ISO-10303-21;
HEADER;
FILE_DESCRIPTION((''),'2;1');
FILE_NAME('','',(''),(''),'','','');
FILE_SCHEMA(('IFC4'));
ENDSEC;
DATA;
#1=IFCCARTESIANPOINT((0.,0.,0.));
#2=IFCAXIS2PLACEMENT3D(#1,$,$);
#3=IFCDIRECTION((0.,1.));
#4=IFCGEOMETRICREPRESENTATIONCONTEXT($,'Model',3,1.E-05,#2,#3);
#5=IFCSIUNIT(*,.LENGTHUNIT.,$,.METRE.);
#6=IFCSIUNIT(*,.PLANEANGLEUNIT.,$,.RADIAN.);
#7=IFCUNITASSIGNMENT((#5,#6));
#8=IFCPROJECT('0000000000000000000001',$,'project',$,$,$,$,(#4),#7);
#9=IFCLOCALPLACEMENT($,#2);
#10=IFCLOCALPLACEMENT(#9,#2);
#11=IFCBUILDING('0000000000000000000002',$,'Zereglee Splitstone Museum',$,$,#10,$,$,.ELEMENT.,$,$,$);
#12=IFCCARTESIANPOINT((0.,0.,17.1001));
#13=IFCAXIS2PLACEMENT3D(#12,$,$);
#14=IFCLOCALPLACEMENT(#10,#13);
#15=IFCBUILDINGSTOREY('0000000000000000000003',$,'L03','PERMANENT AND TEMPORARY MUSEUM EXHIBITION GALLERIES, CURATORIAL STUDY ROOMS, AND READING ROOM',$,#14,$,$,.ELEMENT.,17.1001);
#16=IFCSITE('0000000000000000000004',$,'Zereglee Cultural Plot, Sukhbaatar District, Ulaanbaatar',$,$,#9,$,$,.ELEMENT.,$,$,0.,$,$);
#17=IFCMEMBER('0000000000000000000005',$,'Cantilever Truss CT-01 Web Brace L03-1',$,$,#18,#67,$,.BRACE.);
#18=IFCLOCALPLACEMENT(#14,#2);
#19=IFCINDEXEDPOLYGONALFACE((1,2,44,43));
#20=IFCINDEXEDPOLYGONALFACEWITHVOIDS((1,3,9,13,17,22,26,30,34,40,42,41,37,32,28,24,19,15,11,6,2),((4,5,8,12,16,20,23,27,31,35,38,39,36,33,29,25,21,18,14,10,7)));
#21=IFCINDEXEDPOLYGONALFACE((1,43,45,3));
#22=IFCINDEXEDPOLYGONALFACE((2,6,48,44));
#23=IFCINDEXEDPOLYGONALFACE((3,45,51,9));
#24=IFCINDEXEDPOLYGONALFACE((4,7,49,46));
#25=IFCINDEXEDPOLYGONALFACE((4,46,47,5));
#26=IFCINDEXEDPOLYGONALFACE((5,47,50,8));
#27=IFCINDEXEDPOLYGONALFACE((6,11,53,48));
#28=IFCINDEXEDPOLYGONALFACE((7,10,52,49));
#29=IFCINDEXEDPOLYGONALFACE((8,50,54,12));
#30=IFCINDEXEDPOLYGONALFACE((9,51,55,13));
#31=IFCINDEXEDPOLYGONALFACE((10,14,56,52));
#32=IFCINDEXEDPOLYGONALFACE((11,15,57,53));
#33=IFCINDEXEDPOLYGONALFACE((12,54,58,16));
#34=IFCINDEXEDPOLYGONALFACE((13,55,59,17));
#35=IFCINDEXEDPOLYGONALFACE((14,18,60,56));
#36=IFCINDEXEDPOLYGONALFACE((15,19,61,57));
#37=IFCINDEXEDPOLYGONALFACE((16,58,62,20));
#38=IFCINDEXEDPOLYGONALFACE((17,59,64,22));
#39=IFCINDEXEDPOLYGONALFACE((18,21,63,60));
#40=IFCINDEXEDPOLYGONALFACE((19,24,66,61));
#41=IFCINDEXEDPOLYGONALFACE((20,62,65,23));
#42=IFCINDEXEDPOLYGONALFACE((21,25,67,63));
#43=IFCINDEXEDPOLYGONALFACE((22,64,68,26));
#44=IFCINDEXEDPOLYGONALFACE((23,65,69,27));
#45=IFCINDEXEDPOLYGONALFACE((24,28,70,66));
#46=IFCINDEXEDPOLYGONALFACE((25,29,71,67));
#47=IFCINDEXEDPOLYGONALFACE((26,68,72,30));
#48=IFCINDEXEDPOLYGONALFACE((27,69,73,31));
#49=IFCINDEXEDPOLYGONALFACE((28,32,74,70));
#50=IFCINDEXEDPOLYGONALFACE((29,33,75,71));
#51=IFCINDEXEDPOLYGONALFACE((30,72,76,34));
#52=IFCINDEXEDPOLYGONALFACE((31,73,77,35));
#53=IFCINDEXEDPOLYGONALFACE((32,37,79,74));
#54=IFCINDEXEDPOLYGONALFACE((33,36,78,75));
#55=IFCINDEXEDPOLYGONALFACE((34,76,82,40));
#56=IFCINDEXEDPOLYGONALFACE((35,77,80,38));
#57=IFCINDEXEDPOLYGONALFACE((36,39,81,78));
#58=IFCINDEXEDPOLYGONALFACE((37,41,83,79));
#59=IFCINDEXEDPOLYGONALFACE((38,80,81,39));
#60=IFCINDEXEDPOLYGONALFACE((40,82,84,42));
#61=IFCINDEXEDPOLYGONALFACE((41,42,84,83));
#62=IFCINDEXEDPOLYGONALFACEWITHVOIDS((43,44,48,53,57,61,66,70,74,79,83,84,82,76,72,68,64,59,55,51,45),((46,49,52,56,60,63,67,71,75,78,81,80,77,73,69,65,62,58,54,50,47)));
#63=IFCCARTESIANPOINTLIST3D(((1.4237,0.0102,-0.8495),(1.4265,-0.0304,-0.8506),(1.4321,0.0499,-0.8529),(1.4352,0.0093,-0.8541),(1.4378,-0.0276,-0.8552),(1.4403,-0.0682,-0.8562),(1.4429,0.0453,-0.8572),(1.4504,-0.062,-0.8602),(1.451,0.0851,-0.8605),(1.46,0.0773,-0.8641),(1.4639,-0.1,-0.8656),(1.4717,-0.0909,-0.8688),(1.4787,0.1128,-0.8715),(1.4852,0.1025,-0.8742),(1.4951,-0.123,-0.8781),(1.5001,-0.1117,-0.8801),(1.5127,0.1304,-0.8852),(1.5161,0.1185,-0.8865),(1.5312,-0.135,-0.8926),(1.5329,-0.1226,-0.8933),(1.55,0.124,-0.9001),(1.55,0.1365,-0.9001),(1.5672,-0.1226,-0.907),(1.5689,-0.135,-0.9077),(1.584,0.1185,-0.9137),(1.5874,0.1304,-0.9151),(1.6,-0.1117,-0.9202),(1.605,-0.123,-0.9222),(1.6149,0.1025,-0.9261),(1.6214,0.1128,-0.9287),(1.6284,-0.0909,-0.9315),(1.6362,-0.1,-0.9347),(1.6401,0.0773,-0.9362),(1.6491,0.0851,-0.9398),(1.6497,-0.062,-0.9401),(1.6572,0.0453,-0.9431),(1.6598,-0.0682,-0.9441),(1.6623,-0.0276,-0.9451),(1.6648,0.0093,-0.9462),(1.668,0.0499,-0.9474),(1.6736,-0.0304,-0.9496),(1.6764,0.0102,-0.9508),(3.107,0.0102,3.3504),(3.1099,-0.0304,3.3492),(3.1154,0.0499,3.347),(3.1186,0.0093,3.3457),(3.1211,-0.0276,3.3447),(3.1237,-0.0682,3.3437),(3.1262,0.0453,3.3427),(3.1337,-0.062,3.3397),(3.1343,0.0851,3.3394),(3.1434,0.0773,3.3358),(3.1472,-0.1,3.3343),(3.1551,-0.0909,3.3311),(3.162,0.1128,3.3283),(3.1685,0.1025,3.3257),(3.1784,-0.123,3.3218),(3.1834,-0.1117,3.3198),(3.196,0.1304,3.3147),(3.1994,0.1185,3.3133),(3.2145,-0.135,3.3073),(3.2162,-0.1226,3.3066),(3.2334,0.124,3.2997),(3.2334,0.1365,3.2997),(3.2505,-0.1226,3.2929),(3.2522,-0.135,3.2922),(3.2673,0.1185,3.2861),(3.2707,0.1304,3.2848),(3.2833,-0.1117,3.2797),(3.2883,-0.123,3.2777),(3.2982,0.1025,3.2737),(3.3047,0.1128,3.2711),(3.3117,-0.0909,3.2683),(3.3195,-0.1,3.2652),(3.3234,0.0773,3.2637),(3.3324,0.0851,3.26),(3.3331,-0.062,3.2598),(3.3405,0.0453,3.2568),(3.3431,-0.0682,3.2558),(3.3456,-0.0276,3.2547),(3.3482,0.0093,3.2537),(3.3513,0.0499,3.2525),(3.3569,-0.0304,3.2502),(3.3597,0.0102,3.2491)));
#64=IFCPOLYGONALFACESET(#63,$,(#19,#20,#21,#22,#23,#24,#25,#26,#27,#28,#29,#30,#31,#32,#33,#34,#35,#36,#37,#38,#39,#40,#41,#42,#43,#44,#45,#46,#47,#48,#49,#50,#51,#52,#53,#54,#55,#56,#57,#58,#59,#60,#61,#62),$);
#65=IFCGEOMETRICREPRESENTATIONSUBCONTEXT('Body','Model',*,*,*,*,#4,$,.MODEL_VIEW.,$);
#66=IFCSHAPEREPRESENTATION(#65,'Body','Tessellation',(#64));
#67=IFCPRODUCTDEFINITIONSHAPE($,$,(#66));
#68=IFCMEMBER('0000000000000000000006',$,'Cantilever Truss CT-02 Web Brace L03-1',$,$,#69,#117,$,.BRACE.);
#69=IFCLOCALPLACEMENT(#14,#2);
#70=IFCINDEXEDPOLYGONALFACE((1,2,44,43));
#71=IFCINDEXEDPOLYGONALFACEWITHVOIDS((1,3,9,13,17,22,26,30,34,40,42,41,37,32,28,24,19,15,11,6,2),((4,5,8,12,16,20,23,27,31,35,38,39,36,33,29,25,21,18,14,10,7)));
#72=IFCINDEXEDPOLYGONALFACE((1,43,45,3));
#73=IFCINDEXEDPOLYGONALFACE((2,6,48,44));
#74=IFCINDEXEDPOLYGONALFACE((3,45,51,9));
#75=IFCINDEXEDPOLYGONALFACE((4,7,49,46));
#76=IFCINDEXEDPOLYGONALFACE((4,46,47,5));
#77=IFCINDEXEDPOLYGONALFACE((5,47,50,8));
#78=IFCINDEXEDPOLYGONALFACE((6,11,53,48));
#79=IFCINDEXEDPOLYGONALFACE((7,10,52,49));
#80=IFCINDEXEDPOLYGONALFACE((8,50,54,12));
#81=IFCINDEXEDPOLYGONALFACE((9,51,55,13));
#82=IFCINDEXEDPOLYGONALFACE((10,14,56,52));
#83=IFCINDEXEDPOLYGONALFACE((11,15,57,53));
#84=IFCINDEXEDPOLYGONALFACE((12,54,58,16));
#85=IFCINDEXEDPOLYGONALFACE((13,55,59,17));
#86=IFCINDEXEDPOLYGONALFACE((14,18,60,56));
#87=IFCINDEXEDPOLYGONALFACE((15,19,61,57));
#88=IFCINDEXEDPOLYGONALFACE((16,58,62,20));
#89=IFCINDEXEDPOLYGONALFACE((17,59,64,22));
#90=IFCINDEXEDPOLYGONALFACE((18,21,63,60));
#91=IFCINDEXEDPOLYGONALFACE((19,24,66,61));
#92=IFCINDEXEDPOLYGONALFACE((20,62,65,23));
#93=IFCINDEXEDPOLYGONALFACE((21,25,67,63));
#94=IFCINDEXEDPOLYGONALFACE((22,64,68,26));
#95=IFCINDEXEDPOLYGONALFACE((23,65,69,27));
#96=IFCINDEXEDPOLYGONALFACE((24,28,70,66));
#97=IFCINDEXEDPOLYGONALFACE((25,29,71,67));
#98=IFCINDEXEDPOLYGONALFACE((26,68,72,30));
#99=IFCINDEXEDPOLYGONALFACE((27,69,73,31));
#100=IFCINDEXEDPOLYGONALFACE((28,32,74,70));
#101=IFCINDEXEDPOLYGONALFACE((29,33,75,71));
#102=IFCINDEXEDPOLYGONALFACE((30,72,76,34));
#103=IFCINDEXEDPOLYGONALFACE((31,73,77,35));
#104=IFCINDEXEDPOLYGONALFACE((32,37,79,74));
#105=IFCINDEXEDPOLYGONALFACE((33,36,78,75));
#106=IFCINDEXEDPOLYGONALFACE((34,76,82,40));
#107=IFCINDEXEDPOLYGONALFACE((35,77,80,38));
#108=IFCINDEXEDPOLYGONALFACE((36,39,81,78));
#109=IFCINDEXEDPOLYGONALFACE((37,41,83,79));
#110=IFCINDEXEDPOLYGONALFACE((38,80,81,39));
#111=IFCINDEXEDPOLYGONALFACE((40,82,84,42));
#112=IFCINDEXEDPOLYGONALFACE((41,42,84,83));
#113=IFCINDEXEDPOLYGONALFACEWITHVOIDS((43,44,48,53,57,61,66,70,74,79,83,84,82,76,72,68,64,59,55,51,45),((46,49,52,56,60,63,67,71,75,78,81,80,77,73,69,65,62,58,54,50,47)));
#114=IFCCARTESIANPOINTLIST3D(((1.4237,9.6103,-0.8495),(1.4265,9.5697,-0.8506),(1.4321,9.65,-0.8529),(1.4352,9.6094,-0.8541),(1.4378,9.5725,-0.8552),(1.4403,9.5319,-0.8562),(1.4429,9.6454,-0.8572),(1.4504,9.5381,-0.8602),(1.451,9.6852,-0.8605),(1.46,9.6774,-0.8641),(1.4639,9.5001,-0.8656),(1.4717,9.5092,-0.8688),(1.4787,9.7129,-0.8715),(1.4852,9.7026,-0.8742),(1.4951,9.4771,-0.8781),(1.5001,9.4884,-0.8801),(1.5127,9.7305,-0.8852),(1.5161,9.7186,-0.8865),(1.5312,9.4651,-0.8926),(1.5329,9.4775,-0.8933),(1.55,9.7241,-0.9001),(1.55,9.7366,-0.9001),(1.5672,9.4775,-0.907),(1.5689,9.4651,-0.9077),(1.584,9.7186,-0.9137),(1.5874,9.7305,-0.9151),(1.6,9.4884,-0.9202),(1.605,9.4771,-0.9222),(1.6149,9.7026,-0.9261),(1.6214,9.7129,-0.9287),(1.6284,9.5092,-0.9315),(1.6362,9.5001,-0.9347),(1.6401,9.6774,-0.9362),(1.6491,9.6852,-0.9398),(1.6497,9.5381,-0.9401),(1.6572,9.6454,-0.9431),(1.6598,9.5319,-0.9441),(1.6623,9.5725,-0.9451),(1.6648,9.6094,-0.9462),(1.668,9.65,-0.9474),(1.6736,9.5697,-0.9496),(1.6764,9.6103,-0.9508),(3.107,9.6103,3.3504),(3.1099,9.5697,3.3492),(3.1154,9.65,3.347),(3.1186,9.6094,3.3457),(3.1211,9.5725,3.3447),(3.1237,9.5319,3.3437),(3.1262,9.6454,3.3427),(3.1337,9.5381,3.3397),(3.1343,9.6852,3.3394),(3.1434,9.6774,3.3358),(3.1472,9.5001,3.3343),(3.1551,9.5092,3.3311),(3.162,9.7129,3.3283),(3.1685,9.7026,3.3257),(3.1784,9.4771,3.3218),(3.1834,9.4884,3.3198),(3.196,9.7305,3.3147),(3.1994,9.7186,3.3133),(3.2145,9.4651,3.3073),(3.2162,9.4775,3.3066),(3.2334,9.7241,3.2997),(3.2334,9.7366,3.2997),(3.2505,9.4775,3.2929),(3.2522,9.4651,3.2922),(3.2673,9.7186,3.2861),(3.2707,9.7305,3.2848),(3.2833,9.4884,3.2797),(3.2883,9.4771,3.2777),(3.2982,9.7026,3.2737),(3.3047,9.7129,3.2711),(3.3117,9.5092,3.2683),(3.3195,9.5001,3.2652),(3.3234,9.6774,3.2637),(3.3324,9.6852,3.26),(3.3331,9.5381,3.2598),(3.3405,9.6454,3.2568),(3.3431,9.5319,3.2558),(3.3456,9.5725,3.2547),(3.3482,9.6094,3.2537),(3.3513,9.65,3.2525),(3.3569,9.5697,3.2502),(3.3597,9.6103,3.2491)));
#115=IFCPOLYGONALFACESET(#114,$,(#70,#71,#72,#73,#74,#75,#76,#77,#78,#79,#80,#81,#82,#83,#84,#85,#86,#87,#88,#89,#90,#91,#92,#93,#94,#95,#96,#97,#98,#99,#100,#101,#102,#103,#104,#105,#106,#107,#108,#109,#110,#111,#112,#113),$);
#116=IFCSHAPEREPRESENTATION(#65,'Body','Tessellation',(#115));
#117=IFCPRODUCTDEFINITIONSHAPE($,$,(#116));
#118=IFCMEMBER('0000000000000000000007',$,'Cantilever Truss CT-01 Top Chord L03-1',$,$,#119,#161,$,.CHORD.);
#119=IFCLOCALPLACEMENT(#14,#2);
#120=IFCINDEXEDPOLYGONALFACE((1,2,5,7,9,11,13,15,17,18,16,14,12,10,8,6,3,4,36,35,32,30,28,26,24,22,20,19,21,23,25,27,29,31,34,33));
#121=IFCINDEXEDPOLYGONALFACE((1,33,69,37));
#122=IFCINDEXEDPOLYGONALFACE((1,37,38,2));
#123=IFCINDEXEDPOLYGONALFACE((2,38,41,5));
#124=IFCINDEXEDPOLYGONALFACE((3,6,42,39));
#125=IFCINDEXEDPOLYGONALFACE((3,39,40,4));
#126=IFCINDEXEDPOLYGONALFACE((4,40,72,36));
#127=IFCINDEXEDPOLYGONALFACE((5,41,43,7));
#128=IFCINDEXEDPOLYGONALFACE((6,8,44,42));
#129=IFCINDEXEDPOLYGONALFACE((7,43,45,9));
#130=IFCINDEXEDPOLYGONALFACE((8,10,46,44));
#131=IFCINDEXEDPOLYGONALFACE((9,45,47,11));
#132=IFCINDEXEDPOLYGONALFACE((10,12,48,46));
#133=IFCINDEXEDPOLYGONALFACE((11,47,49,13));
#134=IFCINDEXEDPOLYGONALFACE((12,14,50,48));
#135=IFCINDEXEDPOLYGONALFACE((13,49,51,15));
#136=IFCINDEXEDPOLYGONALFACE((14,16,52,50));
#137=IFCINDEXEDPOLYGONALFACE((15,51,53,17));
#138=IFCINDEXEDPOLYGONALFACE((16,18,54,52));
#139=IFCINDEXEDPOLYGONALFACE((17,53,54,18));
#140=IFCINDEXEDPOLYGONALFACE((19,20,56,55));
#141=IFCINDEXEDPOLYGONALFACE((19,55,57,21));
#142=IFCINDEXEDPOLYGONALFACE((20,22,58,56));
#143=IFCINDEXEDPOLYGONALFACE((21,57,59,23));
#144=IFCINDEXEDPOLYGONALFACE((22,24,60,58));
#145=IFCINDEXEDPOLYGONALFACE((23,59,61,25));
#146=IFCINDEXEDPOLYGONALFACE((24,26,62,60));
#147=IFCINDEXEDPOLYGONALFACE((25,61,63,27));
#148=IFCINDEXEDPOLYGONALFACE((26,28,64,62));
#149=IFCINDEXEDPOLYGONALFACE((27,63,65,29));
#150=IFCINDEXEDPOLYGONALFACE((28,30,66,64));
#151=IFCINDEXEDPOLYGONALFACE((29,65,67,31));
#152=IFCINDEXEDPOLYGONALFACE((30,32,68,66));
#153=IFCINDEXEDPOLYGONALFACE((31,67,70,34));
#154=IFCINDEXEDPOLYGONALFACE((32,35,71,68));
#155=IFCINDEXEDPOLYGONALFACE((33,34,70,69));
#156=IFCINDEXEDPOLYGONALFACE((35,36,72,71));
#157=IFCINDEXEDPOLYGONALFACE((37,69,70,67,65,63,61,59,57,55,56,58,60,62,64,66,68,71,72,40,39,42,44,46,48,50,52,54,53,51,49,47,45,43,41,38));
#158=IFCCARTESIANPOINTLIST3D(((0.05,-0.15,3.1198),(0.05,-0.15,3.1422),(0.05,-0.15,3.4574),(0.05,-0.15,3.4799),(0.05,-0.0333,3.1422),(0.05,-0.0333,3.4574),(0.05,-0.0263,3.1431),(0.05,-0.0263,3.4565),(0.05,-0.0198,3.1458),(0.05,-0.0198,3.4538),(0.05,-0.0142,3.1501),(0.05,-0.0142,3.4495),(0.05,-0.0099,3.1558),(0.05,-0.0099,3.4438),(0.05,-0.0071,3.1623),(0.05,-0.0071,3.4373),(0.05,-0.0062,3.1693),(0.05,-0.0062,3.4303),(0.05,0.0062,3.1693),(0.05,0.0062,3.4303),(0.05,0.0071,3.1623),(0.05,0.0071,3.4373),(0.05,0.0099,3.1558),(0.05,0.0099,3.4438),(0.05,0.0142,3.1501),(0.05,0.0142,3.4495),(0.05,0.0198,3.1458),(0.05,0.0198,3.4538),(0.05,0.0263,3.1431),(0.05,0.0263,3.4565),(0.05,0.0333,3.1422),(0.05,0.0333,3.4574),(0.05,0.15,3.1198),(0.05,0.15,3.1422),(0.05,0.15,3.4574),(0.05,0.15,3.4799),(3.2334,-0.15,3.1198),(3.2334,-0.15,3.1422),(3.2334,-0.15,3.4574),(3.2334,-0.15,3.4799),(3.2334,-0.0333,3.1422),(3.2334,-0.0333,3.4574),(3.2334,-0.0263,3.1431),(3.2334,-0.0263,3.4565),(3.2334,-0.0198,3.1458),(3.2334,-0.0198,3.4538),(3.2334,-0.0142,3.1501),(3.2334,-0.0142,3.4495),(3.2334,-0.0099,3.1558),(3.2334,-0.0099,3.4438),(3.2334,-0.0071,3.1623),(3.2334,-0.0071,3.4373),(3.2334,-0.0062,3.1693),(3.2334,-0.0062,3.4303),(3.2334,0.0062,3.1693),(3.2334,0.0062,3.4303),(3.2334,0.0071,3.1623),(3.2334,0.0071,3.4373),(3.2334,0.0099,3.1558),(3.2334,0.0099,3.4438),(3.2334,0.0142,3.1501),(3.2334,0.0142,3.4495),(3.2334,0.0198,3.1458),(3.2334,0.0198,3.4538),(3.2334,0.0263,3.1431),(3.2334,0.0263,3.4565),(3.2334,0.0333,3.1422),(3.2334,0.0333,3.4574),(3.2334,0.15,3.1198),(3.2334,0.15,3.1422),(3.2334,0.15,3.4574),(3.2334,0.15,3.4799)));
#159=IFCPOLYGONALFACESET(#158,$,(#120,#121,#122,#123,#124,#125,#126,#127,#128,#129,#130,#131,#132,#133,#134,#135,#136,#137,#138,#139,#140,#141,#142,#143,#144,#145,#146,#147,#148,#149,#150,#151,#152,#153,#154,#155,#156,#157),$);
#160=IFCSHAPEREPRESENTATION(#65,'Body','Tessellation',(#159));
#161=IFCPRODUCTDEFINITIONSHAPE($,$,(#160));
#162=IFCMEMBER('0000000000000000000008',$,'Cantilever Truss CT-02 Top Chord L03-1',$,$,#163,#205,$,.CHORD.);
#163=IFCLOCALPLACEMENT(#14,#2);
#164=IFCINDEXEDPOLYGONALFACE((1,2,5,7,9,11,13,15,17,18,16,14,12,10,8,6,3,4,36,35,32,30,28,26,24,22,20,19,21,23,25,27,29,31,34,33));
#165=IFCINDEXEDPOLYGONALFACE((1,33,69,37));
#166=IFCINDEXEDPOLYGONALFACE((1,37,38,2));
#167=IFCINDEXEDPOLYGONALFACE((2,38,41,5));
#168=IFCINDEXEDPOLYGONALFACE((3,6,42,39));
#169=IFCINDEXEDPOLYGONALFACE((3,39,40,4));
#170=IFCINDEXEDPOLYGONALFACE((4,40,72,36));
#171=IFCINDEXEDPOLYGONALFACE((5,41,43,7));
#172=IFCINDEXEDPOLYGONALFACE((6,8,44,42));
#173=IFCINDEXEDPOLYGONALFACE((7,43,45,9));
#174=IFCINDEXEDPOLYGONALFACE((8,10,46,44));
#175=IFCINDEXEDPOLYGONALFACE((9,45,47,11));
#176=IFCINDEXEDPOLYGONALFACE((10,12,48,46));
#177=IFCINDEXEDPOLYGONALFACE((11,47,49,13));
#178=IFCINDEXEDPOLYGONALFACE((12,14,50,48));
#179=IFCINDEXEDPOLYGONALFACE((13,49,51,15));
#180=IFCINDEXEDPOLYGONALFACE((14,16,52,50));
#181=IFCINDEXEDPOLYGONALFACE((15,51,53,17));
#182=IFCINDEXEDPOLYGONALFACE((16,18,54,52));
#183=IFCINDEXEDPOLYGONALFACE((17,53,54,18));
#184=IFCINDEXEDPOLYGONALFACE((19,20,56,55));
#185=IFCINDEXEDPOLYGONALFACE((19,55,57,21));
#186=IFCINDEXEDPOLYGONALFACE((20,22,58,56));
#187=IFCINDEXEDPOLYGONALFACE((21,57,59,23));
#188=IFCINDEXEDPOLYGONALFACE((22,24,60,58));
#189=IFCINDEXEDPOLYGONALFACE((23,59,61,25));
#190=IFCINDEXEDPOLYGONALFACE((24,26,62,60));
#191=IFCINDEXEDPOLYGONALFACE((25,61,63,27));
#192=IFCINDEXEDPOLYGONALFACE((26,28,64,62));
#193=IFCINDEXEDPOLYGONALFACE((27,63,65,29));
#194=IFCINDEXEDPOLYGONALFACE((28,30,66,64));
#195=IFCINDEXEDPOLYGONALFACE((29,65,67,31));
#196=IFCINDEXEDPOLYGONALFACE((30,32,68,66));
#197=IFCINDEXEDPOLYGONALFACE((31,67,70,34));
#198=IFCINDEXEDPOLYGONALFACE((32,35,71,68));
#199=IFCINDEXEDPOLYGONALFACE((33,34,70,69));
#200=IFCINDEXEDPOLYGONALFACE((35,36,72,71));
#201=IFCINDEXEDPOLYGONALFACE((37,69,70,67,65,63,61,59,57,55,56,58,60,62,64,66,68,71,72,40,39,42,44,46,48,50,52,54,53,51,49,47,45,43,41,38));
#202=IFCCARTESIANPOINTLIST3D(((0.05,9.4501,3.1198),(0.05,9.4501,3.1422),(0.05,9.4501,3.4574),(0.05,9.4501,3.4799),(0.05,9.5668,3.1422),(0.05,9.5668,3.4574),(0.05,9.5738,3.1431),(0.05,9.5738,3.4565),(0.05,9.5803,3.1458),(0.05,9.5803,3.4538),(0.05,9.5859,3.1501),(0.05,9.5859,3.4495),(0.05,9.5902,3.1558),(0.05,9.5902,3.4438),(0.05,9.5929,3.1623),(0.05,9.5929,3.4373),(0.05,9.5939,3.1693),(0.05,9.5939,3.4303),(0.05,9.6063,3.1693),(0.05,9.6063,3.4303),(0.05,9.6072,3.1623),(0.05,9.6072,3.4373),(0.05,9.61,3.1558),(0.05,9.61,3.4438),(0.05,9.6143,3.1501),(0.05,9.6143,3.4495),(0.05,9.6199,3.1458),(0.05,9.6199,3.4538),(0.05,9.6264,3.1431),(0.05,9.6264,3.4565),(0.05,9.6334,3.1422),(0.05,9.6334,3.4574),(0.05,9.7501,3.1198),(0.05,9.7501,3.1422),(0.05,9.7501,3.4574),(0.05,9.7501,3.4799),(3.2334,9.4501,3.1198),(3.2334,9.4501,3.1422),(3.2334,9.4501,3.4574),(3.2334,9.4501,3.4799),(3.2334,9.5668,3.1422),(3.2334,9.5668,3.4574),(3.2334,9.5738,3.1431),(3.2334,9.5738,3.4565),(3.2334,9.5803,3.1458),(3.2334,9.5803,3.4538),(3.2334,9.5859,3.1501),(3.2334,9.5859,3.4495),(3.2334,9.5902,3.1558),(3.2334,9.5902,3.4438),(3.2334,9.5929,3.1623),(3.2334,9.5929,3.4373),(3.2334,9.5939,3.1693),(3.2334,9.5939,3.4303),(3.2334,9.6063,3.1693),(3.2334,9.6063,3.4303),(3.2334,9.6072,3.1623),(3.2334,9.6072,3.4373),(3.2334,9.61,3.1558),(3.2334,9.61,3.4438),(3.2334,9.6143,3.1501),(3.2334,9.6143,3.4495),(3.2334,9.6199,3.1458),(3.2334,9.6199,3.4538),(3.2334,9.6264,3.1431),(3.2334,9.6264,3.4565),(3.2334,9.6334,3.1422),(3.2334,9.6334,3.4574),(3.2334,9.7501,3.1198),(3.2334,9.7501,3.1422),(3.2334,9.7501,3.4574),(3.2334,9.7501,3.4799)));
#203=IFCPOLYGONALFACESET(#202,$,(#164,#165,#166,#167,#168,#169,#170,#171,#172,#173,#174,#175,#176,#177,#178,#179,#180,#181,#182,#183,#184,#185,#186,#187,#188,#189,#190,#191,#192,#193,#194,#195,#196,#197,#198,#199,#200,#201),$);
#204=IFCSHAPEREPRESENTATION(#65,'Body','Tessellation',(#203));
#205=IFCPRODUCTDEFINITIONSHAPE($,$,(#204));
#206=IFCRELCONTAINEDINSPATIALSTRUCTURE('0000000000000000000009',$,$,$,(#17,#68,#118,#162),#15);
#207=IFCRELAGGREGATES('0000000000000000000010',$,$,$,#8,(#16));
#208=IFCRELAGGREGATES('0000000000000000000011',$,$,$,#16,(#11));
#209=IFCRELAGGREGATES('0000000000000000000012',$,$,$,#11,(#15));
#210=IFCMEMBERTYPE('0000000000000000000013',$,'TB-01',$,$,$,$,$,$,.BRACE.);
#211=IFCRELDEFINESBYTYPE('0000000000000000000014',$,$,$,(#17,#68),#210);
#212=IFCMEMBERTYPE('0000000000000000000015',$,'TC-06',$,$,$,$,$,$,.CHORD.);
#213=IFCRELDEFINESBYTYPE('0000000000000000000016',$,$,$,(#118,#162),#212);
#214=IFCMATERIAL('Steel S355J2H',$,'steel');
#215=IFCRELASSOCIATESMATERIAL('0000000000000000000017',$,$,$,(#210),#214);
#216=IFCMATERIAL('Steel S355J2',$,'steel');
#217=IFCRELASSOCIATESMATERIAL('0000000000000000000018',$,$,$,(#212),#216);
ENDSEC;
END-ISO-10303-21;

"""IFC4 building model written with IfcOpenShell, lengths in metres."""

from ifc_helpers import new_model, si_unit, direction, frame, origin, origin_2d, place, context, subcontext, project, spatial, hollow_circle, i_section, extrude, material, material_profile, profile_set, type_object, element, save


model = new_model("IFC4")

# Units and contexts
model_context = context("Model", 3, precision=1e-05, world=origin(), true_north=direction((0.0, 1.0)))
body_context = subcontext(model_context, "Body", "Model", "MODEL_VIEW")
ifc_project = project(units=[si_unit("LENGTHUNIT", "METRE"), si_unit("PLANEANGLEUNIT", "RADIAN")], contexts=[model_context])

# Site, building, storey
site_placement = place(None, origin())
site = spatial("IfcSite", under=ifc_project, at=site_placement, Name="Zereglee Cultural Plot, Sukhbaatar District, Ulaanbaatar", CompositionType="ELEMENT", RefElevation=0.0)
building_placement = place(site_placement, origin())
building = spatial("IfcBuilding", under=site, at=building_placement, Name="Zereglee Splitstone Museum", CompositionType="ELEMENT")
storey_placement = place(building_placement, frame((0.0, 0.0, 17.1001)))
storey = spatial("IfcBuildingStorey", under=building, at=storey_placement, Name="L03", Description="PERMANENT AND TEMPORARY MUSEUM EXHIBITION GALLERIES, CURATORIAL STUDY ROOMS, AND READING ROOM", CompositionType="ELEMENT", Elevation=17.1001)

# Members
ifc_material_1 = material(Name="Steel S355J2H", Category="steel")
ifc_material_profile_1 = material_profile(ifc_material_1, hollow_circle(Radius=0.1365, WallThickness=0.0125, at=origin_2d()), Name="CHS 273.0x12.5")
ifc_profile_set_1 = profile_set([ifc_material_profile_1], Name="Steel S355J2H")
member_type_1 = type_object("IfcMemberType", Name="TB-01", PredefinedType="BRACE", material=ifc_profile_set_1)
for number, where, z_axis, x_axis, name in (
    (1, (1.55, 0.0, -0.9001), (0.372032, 0.0, 0.92822), (0.0, 1.0, 0.0), "Cantilever Truss CT-01 Web Brace L03-1"),
    (2, (1.55, 9.6001, -0.9001), (0.372032, 0.0, 0.92822), (0.0, 1.0, 0.0), "Cantilever Truss CT-02 Web Brace L03-1"),
):
    element("IfcMember", number, at=place(storey_placement, frame(where, z_axis=z_axis, x_axis=x_axis)), inside=storey, type_object=member_type_1, Name=name, PredefinedType="BRACE", context=body_context, shape_type="SweptSolid", body=[
        extrude(hollow_circle(Radius=0.1365, WallThickness=0.0125, at=origin_2d()), origin(), (0.0, 0.0, 1.0), 4.5247),
    ])
ifc_material_2 = material(Name="Steel S355J2", Category="steel")
ifc_material_profile_2 = material_profile(ifc_material_2, i_section(OverallWidth=0.3, OverallDepth=0.3601, WebThickness=0.0125, FlangeThickness=0.0225, FilletRadius=0.0271, at=origin_2d()), Name="HE 360 B")
ifc_profile_set_2 = profile_set([ifc_material_profile_2], Name="Steel S355J2")
member_type_2 = type_object("IfcMemberType", Name="TC-06", PredefinedType="CHORD", material=ifc_profile_set_2)
for number, where, z_axis, x_axis, name in (
    (3, (0.05, 0.0, 3.2998), (1.0, 0.0, 0.0), (0.0, 1.0, 0.0), "Cantilever Truss CT-01 Top Chord L03-1"),
    (4, (0.05, 9.6001, 3.2998), (1.0, 0.0, 0.0), (0.0, 1.0, 0.0), "Cantilever Truss CT-02 Top Chord L03-1"),
):
    element("IfcMember", number, at=place(storey_placement, frame(where, z_axis=z_axis, x_axis=x_axis)), inside=storey, type_object=member_type_2, Name=name, PredefinedType="CHORD", context=body_context, shape_type="SweptSolid", body=[
        extrude(i_section(OverallWidth=0.3, OverallDepth=0.3601, WebThickness=0.0125, FlangeThickness=0.0225, FilletRadius=0.0271, at=origin_2d()), origin(), (0.0, 0.0, 1.0), 3.1833),
    ])

save(model, "model.ifc")
